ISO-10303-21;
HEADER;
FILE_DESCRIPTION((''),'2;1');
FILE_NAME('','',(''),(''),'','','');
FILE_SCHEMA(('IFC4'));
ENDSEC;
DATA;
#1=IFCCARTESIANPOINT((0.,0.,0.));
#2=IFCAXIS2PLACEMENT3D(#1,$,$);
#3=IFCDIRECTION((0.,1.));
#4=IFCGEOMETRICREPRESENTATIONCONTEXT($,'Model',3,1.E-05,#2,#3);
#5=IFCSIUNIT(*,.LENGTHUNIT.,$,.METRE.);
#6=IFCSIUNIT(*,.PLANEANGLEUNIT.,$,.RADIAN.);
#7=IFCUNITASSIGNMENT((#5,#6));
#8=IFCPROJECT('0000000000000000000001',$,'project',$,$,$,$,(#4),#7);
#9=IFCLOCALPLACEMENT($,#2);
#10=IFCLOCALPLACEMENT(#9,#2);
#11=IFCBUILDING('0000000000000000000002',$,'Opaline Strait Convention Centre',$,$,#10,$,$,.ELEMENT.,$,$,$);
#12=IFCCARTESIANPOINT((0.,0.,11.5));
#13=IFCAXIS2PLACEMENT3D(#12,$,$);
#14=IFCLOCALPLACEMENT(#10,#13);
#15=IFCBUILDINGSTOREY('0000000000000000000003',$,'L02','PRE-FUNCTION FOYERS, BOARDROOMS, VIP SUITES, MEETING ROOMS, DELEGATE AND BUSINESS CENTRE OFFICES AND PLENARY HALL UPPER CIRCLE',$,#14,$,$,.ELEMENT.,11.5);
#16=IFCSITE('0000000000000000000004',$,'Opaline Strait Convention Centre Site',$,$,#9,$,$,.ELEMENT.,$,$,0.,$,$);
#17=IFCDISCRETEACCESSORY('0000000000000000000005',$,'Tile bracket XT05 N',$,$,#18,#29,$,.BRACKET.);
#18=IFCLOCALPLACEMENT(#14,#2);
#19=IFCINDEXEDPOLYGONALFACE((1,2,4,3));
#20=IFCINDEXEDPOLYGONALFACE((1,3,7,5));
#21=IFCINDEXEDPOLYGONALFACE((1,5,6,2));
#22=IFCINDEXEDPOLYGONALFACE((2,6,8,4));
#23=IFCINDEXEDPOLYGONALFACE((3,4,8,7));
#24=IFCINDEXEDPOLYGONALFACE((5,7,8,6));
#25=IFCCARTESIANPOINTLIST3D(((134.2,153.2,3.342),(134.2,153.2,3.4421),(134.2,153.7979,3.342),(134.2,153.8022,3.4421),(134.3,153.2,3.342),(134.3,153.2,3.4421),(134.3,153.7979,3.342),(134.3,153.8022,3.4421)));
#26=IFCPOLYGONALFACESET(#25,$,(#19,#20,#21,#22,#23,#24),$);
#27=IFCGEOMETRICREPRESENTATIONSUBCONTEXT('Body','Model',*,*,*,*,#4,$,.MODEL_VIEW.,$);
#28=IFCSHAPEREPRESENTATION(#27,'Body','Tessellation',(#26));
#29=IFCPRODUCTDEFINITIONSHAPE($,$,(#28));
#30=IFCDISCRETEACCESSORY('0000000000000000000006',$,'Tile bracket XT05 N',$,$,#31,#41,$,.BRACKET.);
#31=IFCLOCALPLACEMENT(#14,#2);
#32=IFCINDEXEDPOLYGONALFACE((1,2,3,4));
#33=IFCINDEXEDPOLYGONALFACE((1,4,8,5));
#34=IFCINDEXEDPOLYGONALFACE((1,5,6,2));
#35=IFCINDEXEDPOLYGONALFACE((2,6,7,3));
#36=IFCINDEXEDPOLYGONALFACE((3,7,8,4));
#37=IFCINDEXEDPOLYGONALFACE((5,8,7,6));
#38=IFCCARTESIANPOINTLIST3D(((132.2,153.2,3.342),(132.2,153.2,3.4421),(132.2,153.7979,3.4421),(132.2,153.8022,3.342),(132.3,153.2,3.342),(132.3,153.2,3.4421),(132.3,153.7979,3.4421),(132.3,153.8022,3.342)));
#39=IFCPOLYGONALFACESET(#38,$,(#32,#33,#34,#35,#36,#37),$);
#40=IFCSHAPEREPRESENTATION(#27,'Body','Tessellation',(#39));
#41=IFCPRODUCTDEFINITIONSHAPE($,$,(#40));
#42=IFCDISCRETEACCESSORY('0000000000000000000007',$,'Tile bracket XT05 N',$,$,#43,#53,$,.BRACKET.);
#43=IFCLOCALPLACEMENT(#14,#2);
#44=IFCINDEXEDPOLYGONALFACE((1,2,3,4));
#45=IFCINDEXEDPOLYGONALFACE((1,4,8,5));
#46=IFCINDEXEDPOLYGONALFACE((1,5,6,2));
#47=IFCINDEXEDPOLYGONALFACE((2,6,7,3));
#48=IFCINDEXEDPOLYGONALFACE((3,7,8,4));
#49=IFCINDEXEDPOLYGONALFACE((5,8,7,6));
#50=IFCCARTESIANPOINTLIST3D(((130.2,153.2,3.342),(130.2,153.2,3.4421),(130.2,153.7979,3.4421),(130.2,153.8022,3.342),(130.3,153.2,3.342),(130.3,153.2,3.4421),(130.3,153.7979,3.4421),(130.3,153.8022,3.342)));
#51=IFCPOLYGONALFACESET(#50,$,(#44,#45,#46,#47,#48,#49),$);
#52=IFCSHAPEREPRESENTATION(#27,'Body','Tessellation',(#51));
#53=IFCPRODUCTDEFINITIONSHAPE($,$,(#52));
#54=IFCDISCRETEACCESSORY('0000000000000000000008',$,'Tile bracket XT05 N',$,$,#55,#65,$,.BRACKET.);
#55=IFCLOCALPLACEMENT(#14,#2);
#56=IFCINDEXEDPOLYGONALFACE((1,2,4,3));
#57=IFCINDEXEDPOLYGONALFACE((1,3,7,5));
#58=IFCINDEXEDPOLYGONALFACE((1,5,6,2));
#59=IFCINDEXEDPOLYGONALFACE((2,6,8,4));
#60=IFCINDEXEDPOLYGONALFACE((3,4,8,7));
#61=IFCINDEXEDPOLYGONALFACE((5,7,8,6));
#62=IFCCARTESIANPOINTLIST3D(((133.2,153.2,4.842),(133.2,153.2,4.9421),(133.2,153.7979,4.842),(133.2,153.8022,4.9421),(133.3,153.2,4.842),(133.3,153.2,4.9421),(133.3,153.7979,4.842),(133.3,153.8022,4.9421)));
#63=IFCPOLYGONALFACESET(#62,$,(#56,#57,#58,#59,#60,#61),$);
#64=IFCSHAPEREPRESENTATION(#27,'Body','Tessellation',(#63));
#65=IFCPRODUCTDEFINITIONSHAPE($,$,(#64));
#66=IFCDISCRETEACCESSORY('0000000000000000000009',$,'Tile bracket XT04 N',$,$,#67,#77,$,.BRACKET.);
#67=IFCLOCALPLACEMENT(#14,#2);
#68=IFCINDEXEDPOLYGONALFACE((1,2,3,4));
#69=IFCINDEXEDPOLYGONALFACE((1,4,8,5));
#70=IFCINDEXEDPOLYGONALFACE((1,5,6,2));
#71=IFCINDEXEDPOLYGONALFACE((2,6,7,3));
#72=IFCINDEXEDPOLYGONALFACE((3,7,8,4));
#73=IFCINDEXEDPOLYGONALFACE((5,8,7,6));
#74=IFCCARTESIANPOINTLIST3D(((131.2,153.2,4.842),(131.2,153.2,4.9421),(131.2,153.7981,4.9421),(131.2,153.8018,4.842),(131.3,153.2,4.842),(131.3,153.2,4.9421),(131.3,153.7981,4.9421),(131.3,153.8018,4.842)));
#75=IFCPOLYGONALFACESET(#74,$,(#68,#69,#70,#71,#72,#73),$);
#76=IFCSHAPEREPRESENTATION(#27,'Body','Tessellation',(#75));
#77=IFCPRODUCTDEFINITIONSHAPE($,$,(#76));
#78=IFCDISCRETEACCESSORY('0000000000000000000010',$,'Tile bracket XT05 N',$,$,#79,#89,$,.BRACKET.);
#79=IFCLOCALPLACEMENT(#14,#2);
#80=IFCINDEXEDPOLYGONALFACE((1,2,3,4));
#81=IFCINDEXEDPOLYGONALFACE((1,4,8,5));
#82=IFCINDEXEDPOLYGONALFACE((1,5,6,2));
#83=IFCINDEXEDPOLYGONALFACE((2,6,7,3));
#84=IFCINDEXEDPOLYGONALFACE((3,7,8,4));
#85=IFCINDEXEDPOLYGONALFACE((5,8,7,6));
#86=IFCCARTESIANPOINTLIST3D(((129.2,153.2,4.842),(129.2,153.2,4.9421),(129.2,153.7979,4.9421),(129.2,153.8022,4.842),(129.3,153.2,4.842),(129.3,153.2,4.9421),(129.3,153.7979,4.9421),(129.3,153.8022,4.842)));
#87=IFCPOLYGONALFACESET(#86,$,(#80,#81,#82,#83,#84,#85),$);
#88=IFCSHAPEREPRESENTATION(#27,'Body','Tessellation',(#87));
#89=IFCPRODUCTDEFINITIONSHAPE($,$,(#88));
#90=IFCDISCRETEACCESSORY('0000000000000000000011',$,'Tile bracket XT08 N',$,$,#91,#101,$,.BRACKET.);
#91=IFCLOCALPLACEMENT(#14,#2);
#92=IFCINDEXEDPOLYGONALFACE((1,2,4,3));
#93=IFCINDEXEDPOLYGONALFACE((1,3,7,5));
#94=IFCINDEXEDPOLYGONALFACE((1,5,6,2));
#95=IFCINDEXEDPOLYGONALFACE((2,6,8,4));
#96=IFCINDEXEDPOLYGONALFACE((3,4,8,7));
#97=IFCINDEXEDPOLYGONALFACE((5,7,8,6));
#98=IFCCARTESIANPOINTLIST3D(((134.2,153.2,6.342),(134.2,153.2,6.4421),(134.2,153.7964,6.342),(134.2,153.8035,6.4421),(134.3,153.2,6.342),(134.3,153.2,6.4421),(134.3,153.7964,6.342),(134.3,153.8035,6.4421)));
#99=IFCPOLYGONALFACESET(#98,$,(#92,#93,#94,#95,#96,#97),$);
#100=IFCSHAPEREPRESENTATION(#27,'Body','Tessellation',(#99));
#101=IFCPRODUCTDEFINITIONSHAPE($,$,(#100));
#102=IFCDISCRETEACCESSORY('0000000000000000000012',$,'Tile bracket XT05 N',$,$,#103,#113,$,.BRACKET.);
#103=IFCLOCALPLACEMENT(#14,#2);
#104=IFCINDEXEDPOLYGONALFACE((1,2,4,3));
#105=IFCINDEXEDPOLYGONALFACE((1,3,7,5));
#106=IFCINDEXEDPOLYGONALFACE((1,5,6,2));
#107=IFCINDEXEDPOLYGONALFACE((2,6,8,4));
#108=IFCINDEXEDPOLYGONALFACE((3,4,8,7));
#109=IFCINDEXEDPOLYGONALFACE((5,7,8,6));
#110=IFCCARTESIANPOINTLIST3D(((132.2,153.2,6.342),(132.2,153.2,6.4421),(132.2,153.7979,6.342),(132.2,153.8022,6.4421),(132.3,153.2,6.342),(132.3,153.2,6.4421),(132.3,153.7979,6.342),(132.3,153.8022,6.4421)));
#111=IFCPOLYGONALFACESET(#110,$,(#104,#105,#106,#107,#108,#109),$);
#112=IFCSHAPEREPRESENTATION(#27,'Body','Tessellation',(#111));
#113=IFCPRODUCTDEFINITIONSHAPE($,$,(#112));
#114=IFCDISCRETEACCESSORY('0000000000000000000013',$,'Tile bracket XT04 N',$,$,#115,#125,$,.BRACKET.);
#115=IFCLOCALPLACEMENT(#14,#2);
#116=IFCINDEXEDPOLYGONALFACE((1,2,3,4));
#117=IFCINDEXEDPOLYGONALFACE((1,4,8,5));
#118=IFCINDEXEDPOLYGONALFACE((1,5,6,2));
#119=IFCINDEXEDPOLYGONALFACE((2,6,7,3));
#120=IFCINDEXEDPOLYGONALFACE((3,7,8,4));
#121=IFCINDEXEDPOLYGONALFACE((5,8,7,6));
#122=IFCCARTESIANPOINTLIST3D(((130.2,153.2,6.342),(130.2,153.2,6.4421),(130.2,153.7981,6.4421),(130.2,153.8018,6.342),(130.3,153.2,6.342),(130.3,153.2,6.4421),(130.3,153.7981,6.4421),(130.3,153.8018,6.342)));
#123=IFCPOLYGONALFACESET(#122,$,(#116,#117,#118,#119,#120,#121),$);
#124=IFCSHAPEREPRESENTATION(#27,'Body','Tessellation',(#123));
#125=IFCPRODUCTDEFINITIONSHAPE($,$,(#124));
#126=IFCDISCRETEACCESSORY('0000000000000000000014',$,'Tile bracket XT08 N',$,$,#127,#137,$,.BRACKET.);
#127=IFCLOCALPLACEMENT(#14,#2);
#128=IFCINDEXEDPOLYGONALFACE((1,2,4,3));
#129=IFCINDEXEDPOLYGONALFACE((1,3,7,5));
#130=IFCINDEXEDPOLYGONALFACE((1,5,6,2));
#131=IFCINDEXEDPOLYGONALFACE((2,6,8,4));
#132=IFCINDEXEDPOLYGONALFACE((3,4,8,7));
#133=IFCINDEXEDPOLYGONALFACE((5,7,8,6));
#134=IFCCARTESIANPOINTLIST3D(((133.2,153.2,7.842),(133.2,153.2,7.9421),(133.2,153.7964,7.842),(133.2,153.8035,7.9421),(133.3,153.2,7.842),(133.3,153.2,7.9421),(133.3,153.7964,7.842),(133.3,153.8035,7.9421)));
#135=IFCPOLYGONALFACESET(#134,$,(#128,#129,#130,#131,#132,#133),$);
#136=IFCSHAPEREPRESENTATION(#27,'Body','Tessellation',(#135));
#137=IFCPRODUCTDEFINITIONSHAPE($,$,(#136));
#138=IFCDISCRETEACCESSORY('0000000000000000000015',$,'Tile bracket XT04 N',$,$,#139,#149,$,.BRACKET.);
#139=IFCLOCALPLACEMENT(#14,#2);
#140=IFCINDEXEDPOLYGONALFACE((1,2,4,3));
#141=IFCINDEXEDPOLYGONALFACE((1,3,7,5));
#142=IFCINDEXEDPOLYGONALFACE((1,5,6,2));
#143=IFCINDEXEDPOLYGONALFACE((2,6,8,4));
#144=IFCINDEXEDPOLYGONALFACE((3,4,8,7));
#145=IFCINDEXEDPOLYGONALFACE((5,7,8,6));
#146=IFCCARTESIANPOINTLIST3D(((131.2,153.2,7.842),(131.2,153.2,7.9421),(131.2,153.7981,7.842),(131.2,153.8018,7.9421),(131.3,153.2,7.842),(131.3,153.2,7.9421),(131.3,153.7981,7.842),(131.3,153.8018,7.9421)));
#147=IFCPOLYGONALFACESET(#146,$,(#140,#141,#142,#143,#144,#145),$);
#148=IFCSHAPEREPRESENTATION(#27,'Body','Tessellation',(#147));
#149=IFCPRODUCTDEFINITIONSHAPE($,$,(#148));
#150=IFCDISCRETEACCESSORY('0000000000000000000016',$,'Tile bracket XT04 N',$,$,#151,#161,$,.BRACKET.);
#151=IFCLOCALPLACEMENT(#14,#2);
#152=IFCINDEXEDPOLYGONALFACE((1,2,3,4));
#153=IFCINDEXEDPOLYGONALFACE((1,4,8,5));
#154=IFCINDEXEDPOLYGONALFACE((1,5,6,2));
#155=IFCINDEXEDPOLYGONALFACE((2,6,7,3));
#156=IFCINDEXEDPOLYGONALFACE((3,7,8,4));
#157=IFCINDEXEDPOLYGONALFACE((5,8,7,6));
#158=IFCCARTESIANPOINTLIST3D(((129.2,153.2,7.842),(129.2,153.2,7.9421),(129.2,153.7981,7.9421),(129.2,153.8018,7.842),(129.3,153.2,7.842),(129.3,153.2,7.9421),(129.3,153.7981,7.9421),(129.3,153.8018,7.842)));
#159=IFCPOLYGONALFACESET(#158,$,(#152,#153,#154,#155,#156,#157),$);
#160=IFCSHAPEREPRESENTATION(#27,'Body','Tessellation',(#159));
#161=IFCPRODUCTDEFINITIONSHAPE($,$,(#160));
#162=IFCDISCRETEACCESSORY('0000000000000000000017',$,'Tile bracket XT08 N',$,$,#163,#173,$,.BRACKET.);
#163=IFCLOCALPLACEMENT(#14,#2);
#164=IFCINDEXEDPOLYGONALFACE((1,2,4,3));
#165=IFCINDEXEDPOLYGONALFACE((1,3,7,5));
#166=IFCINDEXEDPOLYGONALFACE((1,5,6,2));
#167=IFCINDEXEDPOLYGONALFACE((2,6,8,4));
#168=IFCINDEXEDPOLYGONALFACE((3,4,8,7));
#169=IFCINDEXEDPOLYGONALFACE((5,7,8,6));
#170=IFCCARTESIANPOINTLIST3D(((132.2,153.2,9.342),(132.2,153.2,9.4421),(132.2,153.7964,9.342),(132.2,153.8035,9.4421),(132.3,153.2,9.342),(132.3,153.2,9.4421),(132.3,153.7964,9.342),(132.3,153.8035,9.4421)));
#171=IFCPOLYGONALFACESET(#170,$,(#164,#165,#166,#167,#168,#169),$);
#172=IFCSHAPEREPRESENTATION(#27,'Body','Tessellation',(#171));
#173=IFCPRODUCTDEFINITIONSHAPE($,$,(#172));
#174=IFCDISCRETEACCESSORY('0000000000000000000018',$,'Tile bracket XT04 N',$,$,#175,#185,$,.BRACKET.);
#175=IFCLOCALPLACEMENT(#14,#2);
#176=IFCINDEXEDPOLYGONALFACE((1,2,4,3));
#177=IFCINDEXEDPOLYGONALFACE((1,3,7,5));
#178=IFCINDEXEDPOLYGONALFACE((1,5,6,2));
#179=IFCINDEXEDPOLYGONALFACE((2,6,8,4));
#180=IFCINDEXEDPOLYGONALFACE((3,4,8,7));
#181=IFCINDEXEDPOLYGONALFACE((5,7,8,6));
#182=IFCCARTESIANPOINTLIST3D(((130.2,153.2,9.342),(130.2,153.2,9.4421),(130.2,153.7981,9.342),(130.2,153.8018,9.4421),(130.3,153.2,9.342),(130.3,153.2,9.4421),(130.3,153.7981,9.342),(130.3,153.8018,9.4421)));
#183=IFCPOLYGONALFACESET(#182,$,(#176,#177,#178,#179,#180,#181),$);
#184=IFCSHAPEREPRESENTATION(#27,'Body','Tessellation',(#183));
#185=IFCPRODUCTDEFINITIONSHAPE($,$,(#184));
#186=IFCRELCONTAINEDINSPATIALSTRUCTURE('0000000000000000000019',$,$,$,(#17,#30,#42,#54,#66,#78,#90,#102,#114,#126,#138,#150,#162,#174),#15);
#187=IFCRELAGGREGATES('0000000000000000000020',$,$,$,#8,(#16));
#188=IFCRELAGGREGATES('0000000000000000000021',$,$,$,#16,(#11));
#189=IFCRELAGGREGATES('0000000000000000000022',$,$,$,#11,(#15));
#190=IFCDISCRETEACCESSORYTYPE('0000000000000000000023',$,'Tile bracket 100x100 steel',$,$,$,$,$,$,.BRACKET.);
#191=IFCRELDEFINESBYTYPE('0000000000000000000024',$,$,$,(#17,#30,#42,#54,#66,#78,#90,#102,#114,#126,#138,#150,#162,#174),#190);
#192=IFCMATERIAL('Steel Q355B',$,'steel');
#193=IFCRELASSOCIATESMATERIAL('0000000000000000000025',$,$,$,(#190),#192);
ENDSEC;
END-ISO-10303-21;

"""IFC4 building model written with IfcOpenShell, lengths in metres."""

from ifc_helpers import new_model, si_unit, direction, frame, origin, place, context, subcontext, project, spatial, polyline, outline, extrude, material, type_object, element, save


model = new_model("IFC4")

# Units and contexts
model_context = context("Model", 3, precision=1e-05, world=origin(), true_north=direction((0.0, 1.0)))
body_context = subcontext(model_context, "Body", "Model", "MODEL_VIEW")
ifc_project = project(units=[si_unit("LENGTHUNIT", "METRE"), si_unit("PLANEANGLEUNIT", "RADIAN")], contexts=[model_context])

# Site, building, storey
site_placement = place(None, origin())
site = spatial("IfcSite", under=ifc_project, at=site_placement, Name="Opaline Strait Convention Centre Site", CompositionType="ELEMENT", RefElevation=0.0)
building_placement = place(site_placement, origin())
building = spatial("IfcBuilding", under=site, at=building_placement, Name="Opaline Strait Convention Centre", CompositionType="ELEMENT")
storey_placement = place(building_placement, frame((0.0, 0.0, 11.5)))
storey = spatial("IfcBuildingStorey", under=building, at=storey_placement, Name="L02", Description="PRE-FUNCTION FOYERS, BOARDROOMS, VIP SUITES, MEETING ROOMS, DELEGATE AND BUSINESS CENTRE OFFICES AND PLENARY HALL UPPER CIRCLE", CompositionType="ELEMENT", Elevation=11.5)

# Shared definitions
ifc_material_1 = material(Name="Steel Q355B", Category="steel")

# Discrete accessories
discrete_accessory_type = type_object("IfcDiscreteAccessoryType", Name="Tile bracket 100x100 steel", PredefinedType="BRACKET", material=ifc_material_1)
discrete_accessory_1_placement = place(storey_placement, frame((134.3, 153.2, 3.3921), z_axis=(-1.0, 0.0, 0.0), x_axis=(0.0, -1.0, 0.0)))
element("IfcDiscreteAccessory", 1, at=discrete_accessory_1_placement, inside=storey, type_object=discrete_accessory_type, Name="Tile bracket XT05 N", PredefinedType="BRACKET", context=body_context, shape_type="SweptSolid", body=[
    extrude(outline(polyline([(0.0, -0.05), (0.0, 0.05), (-0.6023, 0.05), (-0.5979, -0.05), (0.0, -0.05)])), origin(), (0.0, 0.0, 1.0), 0.1001),
])
for number, where, z_axis, x_axis, name in (
    (2, (132.3, 153.2, 3.3921), (-1.0, 0.0, 0.0), (0.0, -1.0, 0.0), "Tile bracket XT05 N"),
    (3, (130.3, 153.2, 3.3921), (-1.0, 0.0, 0.0), (0.0, -1.0, 0.0), "Tile bracket XT05 N"),
):
    element("IfcDiscreteAccessory", number, at=place(storey_placement, frame(where, z_axis=z_axis, x_axis=x_axis)), inside=storey, type_object=discrete_accessory_type, Name=name, PredefinedType="BRACKET", context=body_context, shape_type="SweptSolid", body=[
        extrude(outline(polyline([(0.0, -0.05), (0.0, 0.05), (-0.5979, 0.05), (-0.6023, -0.05), (0.0, -0.05)])), origin(), (0.0, 0.0, 1.0), 0.1001),
    ])
discrete_accessory_2_placement = place(storey_placement, frame((133.3, 153.2, 4.8921), z_axis=(-1.0, 0.0, 0.0), x_axis=(0.0, -1.0, 0.0)))
element("IfcDiscreteAccessory", 4, at=discrete_accessory_2_placement, inside=storey, type_object=discrete_accessory_type, Name="Tile bracket XT05 N", PredefinedType="BRACKET", context=body_context, shape_type="SweptSolid", body=[
    extrude(outline(polyline([(0.0, -0.05), (0.0, 0.05), (-0.6023, 0.05), (-0.5979, -0.05), (0.0, -0.05)])), origin(), (0.0, 0.0, 1.0), 0.1001),
])
discrete_accessory_3_placement = place(storey_placement, frame((131.3, 153.2, 4.8921), z_axis=(-1.0, 0.0, 0.0), x_axis=(0.0, -1.0, 0.0)))
element("IfcDiscreteAccessory", 5, at=discrete_accessory_3_placement, inside=storey, type_object=discrete_accessory_type, Name="Tile bracket XT04 N", PredefinedType="BRACKET", context=body_context, shape_type="SweptSolid", body=[
    extrude(outline(polyline([(0.0, -0.05), (0.0, 0.05), (-0.5981, 0.05), (-0.6018, -0.05), (0.0, -0.05)])), origin(), (0.0, 0.0, 1.0), 0.1001),
])
discrete_accessory_4_placement = place(storey_placement, frame((129.3, 153.2, 4.8921), z_axis=(-1.0, 0.0, 0.0), x_axis=(0.0, -1.0, 0.0)))
element("IfcDiscreteAccessory", 6, at=discrete_accessory_4_placement, inside=storey, type_object=discrete_accessory_type, Name="Tile bracket XT05 N", PredefinedType="BRACKET", context=body_context, shape_type="SweptSolid", body=[
    extrude(outline(polyline([(0.0, -0.05), (0.0, 0.05), (-0.5979, 0.05), (-0.6023, -0.05), (0.0, -0.05)])), origin(), (0.0, 0.0, 1.0), 0.1001),
])
discrete_accessory_5_placement = place(storey_placement, frame((134.3, 153.2, 6.3921), z_axis=(-1.0, 0.0, 0.0), x_axis=(0.0, -1.0, 0.0)))
element("IfcDiscreteAccessory", 7, at=discrete_accessory_5_placement, inside=storey, type_object=discrete_accessory_type, Name="Tile bracket XT08 N", PredefinedType="BRACKET", context=body_context, shape_type="SweptSolid", body=[
    extrude(outline(polyline([(0.0, -0.05), (0.0, 0.05), (-0.6035, 0.05), (-0.5964, -0.05), (0.0, -0.05)])), origin(), (0.0, 0.0, 1.0), 0.1001),
])
discrete_accessory_6_placement = place(storey_placement, frame((132.3, 153.2, 6.3921), z_axis=(-1.0, 0.0, 0.0), x_axis=(0.0, -1.0, 0.0)))
element("IfcDiscreteAccessory", 8, at=discrete_accessory_6_placement, inside=storey, type_object=discrete_accessory_type, Name="Tile bracket XT05 N", PredefinedType="BRACKET", context=body_context, shape_type="SweptSolid", body=[
    extrude(outline(polyline([(0.0, -0.05), (0.0, 0.05), (-0.6023, 0.05), (-0.5979, -0.05), (0.0, -0.05)])), origin(), (0.0, 0.0, 1.0), 0.1001),
])
discrete_accessory_7_placement = place(storey_placement, frame((130.3, 153.2, 6.3921), z_axis=(-1.0, 0.0, 0.0), x_axis=(0.0, -1.0, 0.0)))
element("IfcDiscreteAccessory", 9, at=discrete_accessory_7_placement, inside=storey, type_object=discrete_accessory_type, Name="Tile bracket XT04 N", PredefinedType="BRACKET", context=body_context, shape_type="SweptSolid", body=[
    extrude(outline(polyline([(0.0, -0.05), (0.0, 0.05), (-0.5981, 0.05), (-0.6018, -0.05), (0.0, -0.05)])), origin(), (0.0, 0.0, 1.0), 0.1001),
])
discrete_accessory_8_placement = place(storey_placement, frame((133.3, 153.2, 7.8921), z_axis=(-1.0, 0.0, 0.0), x_axis=(0.0, -1.0, 0.0)))
element("IfcDiscreteAccessory", 10, at=discrete_accessory_8_placement, inside=storey, type_object=discrete_accessory_type, Name="Tile bracket XT08 N", PredefinedType="BRACKET", context=body_context, shape_type="SweptSolid", body=[
    extrude(outline(polyline([(0.0, -0.05), (0.0, 0.05), (-0.6035, 0.05), (-0.5964, -0.05), (0.0, -0.05)])), origin(), (0.0, 0.0, 1.0), 0.1001),
])
discrete_accessory_9_placement = place(storey_placement, frame((131.3, 153.2, 7.8921), z_axis=(-1.0, 0.0, 0.0), x_axis=(0.0, -1.0, 0.0)))
element("IfcDiscreteAccessory", 11, at=discrete_accessory_9_placement, inside=storey, type_object=discrete_accessory_type, Name="Tile bracket XT04 N", PredefinedType="BRACKET", context=body_context, shape_type="SweptSolid", body=[
    extrude(outline(polyline([(0.0, -0.05), (0.0, 0.05), (-0.6018, 0.05), (-0.5981, -0.05), (0.0, -0.05)])), origin(), (0.0, 0.0, 1.0), 0.1001),
])
discrete_accessory_10_placement = place(storey_placement, frame((129.3, 153.2, 7.8921), z_axis=(-1.0, 0.0, 0.0), x_axis=(0.0, -1.0, 0.0)))
element("IfcDiscreteAccessory", 12, at=discrete_accessory_10_placement, inside=storey, type_object=discrete_accessory_type, Name="Tile bracket XT04 N", PredefinedType="BRACKET", context=body_context, shape_type="SweptSolid", body=[
    extrude(outline(polyline([(0.0, -0.05), (0.0, 0.05), (-0.5981, 0.05), (-0.6018, -0.05), (0.0, -0.05)])), origin(), (0.0, 0.0, 1.0), 0.1001),
])
discrete_accessory_11_placement = place(storey_placement, frame((132.3, 153.2, 9.3921), z_axis=(-1.0, 0.0, 0.0), x_axis=(0.0, -1.0, 0.0)))
element("IfcDiscreteAccessory", 13, at=discrete_accessory_11_placement, inside=storey, type_object=discrete_accessory_type, Name="Tile bracket XT08 N", PredefinedType="BRACKET", context=body_context, shape_type="SweptSolid", body=[
    extrude(outline(polyline([(0.0, -0.05), (0.0, 0.05), (-0.6035, 0.05), (-0.5964, -0.05), (0.0, -0.05)])), origin(), (0.0, 0.0, 1.0), 0.1001),
])
discrete_accessory_12_placement = place(storey_placement, frame((130.3, 153.2, 9.3921), z_axis=(-1.0, 0.0, 0.0), x_axis=(0.0, -1.0, 0.0)))
element("IfcDiscreteAccessory", 14, at=discrete_accessory_12_placement, inside=storey, type_object=discrete_accessory_type, Name="Tile bracket XT04 N", PredefinedType="BRACKET", context=body_context, shape_type="SweptSolid", body=[
    extrude(outline(polyline([(0.0, -0.05), (0.0, 0.05), (-0.6018, 0.05), (-0.5981, -0.05), (0.0, -0.05)])), origin(), (0.0, 0.0, 1.0), 0.1001),
])

save(model, "model.ifc")
